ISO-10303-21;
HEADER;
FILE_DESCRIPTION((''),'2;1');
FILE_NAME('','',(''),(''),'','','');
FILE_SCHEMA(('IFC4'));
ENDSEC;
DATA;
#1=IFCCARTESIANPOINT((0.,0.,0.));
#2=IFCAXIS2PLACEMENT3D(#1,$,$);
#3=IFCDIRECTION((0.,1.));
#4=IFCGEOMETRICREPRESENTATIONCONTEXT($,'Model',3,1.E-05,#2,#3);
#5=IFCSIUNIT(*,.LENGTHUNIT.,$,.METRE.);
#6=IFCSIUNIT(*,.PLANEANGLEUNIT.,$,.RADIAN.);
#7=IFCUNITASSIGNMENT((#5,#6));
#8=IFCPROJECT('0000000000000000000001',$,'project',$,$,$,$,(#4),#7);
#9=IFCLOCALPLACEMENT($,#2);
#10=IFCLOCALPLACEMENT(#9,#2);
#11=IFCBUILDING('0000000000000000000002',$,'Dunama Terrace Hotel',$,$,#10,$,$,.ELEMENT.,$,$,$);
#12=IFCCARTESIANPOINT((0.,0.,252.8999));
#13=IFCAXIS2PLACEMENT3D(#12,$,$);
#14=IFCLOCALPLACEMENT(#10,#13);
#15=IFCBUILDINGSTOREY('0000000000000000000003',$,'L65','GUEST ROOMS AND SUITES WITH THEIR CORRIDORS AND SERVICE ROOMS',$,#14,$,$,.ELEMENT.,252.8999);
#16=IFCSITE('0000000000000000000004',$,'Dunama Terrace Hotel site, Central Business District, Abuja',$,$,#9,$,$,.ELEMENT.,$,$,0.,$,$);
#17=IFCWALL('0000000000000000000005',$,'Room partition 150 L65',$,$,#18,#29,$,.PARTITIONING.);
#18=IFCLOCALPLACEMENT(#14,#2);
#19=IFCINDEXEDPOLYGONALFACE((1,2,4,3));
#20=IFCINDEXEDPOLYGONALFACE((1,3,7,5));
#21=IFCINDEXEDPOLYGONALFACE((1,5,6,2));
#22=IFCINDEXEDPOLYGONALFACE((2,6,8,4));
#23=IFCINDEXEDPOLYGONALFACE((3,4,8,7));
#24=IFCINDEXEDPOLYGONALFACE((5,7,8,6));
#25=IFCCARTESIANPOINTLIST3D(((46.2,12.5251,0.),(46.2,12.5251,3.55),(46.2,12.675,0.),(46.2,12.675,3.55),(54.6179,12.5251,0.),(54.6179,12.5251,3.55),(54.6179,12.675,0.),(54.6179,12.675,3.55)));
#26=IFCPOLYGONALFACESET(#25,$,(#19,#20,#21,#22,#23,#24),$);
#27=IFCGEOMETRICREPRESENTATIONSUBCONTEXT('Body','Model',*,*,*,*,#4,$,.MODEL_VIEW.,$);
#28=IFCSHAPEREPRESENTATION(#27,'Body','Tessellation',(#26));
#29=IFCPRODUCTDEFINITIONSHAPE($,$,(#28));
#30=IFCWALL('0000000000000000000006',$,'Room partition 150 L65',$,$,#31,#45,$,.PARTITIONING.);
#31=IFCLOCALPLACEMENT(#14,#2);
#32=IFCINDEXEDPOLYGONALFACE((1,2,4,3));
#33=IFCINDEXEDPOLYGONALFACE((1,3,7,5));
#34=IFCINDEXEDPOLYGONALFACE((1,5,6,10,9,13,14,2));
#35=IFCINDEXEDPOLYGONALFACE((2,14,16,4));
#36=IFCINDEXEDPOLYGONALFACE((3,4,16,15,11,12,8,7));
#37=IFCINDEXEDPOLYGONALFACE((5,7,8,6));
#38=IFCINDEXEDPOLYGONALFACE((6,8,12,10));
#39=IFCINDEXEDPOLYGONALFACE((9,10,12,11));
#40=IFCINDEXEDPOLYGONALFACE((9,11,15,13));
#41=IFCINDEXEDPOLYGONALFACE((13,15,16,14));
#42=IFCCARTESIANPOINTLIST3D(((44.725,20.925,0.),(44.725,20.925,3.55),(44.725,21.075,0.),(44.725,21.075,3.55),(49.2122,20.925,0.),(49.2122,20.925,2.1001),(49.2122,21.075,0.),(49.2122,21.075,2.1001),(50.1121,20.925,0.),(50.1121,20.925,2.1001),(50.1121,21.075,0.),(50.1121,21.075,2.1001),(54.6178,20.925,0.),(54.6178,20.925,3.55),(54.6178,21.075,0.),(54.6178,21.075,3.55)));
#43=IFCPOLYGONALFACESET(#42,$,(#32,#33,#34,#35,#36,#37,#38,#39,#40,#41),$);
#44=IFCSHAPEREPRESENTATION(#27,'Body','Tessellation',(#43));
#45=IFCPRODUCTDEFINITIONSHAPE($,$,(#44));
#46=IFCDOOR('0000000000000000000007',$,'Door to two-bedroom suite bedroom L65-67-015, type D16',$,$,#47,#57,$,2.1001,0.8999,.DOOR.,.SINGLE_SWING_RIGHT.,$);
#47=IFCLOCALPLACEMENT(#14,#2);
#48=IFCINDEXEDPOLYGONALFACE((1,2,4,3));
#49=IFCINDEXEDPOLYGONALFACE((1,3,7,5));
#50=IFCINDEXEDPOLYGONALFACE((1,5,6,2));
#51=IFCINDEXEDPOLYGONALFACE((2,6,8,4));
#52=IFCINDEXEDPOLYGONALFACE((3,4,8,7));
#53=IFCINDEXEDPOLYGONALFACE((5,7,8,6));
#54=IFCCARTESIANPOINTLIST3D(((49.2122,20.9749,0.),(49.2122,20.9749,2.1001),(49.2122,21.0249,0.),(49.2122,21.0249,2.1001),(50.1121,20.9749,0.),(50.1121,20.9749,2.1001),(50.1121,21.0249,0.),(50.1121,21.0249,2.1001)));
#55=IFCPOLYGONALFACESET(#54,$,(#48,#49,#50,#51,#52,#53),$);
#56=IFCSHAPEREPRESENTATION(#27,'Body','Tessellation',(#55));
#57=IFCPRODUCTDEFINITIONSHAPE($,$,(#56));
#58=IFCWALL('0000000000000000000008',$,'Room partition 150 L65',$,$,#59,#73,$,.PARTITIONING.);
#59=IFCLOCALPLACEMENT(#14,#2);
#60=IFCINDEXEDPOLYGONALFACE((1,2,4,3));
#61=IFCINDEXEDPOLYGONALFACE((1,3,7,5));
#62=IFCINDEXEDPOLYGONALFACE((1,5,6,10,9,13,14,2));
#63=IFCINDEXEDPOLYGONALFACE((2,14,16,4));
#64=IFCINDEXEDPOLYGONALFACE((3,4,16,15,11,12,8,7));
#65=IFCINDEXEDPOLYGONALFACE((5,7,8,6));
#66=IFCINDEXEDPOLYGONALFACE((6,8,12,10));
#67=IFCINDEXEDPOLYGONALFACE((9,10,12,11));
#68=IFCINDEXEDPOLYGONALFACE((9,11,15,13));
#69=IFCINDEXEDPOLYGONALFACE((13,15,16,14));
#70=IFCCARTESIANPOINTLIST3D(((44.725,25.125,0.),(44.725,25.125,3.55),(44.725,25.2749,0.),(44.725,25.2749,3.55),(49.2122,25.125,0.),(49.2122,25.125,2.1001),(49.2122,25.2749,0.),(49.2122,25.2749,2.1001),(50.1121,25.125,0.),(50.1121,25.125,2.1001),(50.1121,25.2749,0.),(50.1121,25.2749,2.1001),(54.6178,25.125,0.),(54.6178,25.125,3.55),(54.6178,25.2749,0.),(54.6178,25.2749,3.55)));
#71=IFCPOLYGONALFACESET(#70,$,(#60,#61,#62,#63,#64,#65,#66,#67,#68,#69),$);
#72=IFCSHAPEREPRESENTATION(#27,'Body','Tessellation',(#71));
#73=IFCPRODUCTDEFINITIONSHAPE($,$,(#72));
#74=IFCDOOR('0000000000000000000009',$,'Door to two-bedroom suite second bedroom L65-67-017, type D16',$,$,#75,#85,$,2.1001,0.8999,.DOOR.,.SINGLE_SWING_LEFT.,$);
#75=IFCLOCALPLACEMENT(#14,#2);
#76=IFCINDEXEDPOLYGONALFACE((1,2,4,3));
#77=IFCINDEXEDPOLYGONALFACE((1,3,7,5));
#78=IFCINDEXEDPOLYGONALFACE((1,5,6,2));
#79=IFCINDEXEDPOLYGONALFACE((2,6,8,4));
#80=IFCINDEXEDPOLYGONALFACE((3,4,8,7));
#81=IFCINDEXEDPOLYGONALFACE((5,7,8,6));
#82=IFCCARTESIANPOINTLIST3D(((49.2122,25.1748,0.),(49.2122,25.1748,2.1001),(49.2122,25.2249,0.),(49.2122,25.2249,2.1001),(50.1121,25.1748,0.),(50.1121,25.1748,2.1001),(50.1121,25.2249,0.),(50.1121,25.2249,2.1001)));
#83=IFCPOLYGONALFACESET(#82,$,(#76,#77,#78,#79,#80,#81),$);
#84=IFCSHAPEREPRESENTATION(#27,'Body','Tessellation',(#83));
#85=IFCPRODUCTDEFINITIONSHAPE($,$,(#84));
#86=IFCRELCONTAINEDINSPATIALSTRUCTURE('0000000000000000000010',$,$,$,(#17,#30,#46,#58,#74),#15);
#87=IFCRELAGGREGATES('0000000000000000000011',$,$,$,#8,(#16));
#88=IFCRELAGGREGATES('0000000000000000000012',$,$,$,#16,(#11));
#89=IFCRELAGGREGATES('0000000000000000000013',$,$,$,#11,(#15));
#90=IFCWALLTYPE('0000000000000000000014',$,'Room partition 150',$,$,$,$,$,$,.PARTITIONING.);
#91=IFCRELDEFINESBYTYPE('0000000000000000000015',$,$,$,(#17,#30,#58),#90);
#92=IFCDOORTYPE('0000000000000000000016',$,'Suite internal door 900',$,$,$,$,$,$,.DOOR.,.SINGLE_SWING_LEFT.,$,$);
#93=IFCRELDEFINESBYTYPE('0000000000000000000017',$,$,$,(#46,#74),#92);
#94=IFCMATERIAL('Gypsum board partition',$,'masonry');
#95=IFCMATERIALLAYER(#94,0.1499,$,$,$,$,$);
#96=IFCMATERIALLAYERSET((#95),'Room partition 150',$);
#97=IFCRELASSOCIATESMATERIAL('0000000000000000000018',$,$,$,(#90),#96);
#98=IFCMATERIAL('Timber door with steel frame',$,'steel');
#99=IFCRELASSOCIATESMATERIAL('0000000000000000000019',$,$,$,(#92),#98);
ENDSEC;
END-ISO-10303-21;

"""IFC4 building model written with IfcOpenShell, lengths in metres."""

from ifc_helpers import new_model, si_unit, direction, frame, frame_2d, origin, place, context, subcontext, project, spatial, rectangle, extrude, material, layer, layer_set, type_object, element, fill, save


model = new_model("IFC4")

# Units and contexts
model_context = context("Model", 3, precision=1e-05, world=origin(), true_north=direction((0.0, 1.0)))
body_context = subcontext(model_context, "Body", "Model", "MODEL_VIEW")
ifc_project = project(units=[si_unit("LENGTHUNIT", "METRE"), si_unit("PLANEANGLEUNIT", "RADIAN")], contexts=[model_context])

# Site, building, storey
site_placement = place(None, origin())
site = spatial("IfcSite", under=ifc_project, at=site_placement, Name="Dunama Terrace Hotel site, Central Business District, Abuja", CompositionType="ELEMENT", RefElevation=0.0)
building_placement = place(site_placement, origin())
building = spatial("IfcBuilding", under=site, at=building_placement, Name="Dunama Terrace Hotel", CompositionType="ELEMENT")
storey_placement = place(building_placement, frame((0.0, 0.0, 252.8999)))
storey = spatial("IfcBuildingStorey", under=building, at=storey_placement, Name="L65", Description="GUEST ROOMS AND SUITES WITH THEIR CORRIDORS AND SERVICE ROOMS", CompositionType="ELEMENT", Elevation=252.8999)

# Wall
ifc_material_1 = material(Name="Gypsum board partition", Category="masonry")
ifc_layer_1 = layer(ifc_material_1, 0.1499)
ifc_layer_set_1 = layer_set([ifc_layer_1], Name="Room partition 150")
wall_type_1 = type_object("IfcWallType", Name="Room partition 150", PredefinedType="PARTITIONING", material=ifc_layer_set_1)
wall_1_placement = place(storey_placement, frame((46.2, 12.6001, 0.0), z_axis=(0.0, 0.0, 1.0), x_axis=(1.0, 0.0, 0.0)))
element("IfcWall", 1, at=wall_1_placement, inside=storey, type_object=wall_type_1, Name="Room partition 150 L65", PredefinedType="PARTITIONING", context=body_context, shape_type="SweptSolid", body=[
    extrude(rectangle(XDim=8.418, YDim=0.1499, at=frame_2d((4.209, 0.0))), origin(), (0.0, 0.0, 1.0), 3.55),
])

# Walls, openings, doors
wall_2_placement = place(storey_placement, frame((44.7251, 21.0, 0.0), z_axis=(0.0, 0.0, 1.0), x_axis=(1.0, 0.0, 0.0)))
wall_2 = element("IfcWall", 2, at=wall_2_placement, inside=storey, type_object=wall_type_1, Name="Room partition 150 L65", PredefinedType="PARTITIONING", context=body_context, shape_type="SweptSolid", body=[
    extrude(rectangle(XDim=9.8928, YDim=0.1499, at=frame_2d((4.9463, 0.0))), origin(), (0.0, 0.0, 1.0), 3.55),
])
opening_1_placement = place(wall_2_placement, frame((4.4871, 0.0, 0.0)))
opening_1 = element("IfcOpeningElement", 3, at=opening_1_placement, cuts=wall_2, PredefinedType="OPENING", context=body_context, shape_type="SweptSolid", body=[
    extrude(rectangle(XDim=0.8999, YDim=2.1001, at=frame_2d((0.45, 1.05))), frame((0.0, 0.085, 0.0), z_axis=(0.0, -1.0, 0.0), x_axis=(1.0, 0.0, 0.0)), (0.0, 0.0, 1.0), 0.1699),
])
ifc_material_2 = material(Name="Timber door with steel frame", Category="steel")
door_type_1 = type_object("IfcDoorType", Name="Suite internal door 900", OperationType="SINGLE_SWING_LEFT", PredefinedType="DOOR", material=ifc_material_2)
door_1_placement = place(opening_1_placement, frame((0.8999, 0.0, 0.0), z_axis=(0.0, 0.0, 1.0), x_axis=(-1.0, 0.0, 0.0)))
door_1 = element("IfcDoor", 4, at=door_1_placement, inside=storey, type_object=door_type_1, Name="Door to two-bedroom suite bedroom L65-67-015, type D16", OperationType="SINGLE_SWING_RIGHT", OverallHeight=2.1001, OverallWidth=0.8999, PredefinedType="DOOR", context=body_context, shape_type="SweptSolid", body=[
    extrude(rectangle(XDim=0.8999, YDim=2.1001, at=frame_2d((0.45, 1.05))), frame((0.0, 0.0251, 0.0), z_axis=(0.0, -1.0, 0.0), x_axis=(1.0, 0.0, 0.0)), (0.0, 0.0, 1.0), 0.05),
])
fill(opening_1, door_1)
wall_3_placement = place(storey_placement, frame((44.7251, 25.2, 0.0), z_axis=(0.0, 0.0, 1.0), x_axis=(1.0, 0.0, 0.0)))
wall_3 = element("IfcWall", 5, at=wall_3_placement, inside=storey, type_object=wall_type_1, Name="Room partition 150 L65", PredefinedType="PARTITIONING", context=body_context, shape_type="SweptSolid", body=[
    extrude(rectangle(XDim=9.8928, YDim=0.1499, at=frame_2d((4.9463, 0.0))), origin(), (0.0, 0.0, 1.0), 3.55),
])
opening_2_placement = place(wall_3_placement, frame((4.4871, 0.0, 0.0)))
opening_2 = element("IfcOpeningElement", 6, at=opening_2_placement, cuts=wall_3, PredefinedType="OPENING", context=body_context, shape_type="SweptSolid", body=[
    extrude(rectangle(XDim=0.8999, YDim=2.1001, at=frame_2d((0.45, 1.05))), frame((0.0, 0.085, 0.0), z_axis=(0.0, -1.0, 0.0), x_axis=(1.0, 0.0, 0.0)), (0.0, 0.0, 1.0), 0.1699),
])
door_2_placement = place(opening_2_placement, origin())
door_2 = element("IfcDoor", 7, at=door_2_placement, inside=storey, type_object=door_type_1, Name="Door to two-bedroom suite second bedroom L65-67-017, type D16", OperationType="SINGLE_SWING_LEFT", OverallHeight=2.1001, OverallWidth=0.8999, PredefinedType="DOOR", context=body_context, shape_type="SweptSolid", body=[
    extrude(rectangle(XDim=0.8999, YDim=2.1001, at=frame_2d((0.45, 1.05))), frame((0.0, 0.0249, 0.0), z_axis=(0.0, -1.0, 0.0), x_axis=(1.0, 0.0, 0.0)), (0.0, 0.0, 1.0), 0.05),
])
fill(opening_2, door_2)

save(model, "model.ifc")
